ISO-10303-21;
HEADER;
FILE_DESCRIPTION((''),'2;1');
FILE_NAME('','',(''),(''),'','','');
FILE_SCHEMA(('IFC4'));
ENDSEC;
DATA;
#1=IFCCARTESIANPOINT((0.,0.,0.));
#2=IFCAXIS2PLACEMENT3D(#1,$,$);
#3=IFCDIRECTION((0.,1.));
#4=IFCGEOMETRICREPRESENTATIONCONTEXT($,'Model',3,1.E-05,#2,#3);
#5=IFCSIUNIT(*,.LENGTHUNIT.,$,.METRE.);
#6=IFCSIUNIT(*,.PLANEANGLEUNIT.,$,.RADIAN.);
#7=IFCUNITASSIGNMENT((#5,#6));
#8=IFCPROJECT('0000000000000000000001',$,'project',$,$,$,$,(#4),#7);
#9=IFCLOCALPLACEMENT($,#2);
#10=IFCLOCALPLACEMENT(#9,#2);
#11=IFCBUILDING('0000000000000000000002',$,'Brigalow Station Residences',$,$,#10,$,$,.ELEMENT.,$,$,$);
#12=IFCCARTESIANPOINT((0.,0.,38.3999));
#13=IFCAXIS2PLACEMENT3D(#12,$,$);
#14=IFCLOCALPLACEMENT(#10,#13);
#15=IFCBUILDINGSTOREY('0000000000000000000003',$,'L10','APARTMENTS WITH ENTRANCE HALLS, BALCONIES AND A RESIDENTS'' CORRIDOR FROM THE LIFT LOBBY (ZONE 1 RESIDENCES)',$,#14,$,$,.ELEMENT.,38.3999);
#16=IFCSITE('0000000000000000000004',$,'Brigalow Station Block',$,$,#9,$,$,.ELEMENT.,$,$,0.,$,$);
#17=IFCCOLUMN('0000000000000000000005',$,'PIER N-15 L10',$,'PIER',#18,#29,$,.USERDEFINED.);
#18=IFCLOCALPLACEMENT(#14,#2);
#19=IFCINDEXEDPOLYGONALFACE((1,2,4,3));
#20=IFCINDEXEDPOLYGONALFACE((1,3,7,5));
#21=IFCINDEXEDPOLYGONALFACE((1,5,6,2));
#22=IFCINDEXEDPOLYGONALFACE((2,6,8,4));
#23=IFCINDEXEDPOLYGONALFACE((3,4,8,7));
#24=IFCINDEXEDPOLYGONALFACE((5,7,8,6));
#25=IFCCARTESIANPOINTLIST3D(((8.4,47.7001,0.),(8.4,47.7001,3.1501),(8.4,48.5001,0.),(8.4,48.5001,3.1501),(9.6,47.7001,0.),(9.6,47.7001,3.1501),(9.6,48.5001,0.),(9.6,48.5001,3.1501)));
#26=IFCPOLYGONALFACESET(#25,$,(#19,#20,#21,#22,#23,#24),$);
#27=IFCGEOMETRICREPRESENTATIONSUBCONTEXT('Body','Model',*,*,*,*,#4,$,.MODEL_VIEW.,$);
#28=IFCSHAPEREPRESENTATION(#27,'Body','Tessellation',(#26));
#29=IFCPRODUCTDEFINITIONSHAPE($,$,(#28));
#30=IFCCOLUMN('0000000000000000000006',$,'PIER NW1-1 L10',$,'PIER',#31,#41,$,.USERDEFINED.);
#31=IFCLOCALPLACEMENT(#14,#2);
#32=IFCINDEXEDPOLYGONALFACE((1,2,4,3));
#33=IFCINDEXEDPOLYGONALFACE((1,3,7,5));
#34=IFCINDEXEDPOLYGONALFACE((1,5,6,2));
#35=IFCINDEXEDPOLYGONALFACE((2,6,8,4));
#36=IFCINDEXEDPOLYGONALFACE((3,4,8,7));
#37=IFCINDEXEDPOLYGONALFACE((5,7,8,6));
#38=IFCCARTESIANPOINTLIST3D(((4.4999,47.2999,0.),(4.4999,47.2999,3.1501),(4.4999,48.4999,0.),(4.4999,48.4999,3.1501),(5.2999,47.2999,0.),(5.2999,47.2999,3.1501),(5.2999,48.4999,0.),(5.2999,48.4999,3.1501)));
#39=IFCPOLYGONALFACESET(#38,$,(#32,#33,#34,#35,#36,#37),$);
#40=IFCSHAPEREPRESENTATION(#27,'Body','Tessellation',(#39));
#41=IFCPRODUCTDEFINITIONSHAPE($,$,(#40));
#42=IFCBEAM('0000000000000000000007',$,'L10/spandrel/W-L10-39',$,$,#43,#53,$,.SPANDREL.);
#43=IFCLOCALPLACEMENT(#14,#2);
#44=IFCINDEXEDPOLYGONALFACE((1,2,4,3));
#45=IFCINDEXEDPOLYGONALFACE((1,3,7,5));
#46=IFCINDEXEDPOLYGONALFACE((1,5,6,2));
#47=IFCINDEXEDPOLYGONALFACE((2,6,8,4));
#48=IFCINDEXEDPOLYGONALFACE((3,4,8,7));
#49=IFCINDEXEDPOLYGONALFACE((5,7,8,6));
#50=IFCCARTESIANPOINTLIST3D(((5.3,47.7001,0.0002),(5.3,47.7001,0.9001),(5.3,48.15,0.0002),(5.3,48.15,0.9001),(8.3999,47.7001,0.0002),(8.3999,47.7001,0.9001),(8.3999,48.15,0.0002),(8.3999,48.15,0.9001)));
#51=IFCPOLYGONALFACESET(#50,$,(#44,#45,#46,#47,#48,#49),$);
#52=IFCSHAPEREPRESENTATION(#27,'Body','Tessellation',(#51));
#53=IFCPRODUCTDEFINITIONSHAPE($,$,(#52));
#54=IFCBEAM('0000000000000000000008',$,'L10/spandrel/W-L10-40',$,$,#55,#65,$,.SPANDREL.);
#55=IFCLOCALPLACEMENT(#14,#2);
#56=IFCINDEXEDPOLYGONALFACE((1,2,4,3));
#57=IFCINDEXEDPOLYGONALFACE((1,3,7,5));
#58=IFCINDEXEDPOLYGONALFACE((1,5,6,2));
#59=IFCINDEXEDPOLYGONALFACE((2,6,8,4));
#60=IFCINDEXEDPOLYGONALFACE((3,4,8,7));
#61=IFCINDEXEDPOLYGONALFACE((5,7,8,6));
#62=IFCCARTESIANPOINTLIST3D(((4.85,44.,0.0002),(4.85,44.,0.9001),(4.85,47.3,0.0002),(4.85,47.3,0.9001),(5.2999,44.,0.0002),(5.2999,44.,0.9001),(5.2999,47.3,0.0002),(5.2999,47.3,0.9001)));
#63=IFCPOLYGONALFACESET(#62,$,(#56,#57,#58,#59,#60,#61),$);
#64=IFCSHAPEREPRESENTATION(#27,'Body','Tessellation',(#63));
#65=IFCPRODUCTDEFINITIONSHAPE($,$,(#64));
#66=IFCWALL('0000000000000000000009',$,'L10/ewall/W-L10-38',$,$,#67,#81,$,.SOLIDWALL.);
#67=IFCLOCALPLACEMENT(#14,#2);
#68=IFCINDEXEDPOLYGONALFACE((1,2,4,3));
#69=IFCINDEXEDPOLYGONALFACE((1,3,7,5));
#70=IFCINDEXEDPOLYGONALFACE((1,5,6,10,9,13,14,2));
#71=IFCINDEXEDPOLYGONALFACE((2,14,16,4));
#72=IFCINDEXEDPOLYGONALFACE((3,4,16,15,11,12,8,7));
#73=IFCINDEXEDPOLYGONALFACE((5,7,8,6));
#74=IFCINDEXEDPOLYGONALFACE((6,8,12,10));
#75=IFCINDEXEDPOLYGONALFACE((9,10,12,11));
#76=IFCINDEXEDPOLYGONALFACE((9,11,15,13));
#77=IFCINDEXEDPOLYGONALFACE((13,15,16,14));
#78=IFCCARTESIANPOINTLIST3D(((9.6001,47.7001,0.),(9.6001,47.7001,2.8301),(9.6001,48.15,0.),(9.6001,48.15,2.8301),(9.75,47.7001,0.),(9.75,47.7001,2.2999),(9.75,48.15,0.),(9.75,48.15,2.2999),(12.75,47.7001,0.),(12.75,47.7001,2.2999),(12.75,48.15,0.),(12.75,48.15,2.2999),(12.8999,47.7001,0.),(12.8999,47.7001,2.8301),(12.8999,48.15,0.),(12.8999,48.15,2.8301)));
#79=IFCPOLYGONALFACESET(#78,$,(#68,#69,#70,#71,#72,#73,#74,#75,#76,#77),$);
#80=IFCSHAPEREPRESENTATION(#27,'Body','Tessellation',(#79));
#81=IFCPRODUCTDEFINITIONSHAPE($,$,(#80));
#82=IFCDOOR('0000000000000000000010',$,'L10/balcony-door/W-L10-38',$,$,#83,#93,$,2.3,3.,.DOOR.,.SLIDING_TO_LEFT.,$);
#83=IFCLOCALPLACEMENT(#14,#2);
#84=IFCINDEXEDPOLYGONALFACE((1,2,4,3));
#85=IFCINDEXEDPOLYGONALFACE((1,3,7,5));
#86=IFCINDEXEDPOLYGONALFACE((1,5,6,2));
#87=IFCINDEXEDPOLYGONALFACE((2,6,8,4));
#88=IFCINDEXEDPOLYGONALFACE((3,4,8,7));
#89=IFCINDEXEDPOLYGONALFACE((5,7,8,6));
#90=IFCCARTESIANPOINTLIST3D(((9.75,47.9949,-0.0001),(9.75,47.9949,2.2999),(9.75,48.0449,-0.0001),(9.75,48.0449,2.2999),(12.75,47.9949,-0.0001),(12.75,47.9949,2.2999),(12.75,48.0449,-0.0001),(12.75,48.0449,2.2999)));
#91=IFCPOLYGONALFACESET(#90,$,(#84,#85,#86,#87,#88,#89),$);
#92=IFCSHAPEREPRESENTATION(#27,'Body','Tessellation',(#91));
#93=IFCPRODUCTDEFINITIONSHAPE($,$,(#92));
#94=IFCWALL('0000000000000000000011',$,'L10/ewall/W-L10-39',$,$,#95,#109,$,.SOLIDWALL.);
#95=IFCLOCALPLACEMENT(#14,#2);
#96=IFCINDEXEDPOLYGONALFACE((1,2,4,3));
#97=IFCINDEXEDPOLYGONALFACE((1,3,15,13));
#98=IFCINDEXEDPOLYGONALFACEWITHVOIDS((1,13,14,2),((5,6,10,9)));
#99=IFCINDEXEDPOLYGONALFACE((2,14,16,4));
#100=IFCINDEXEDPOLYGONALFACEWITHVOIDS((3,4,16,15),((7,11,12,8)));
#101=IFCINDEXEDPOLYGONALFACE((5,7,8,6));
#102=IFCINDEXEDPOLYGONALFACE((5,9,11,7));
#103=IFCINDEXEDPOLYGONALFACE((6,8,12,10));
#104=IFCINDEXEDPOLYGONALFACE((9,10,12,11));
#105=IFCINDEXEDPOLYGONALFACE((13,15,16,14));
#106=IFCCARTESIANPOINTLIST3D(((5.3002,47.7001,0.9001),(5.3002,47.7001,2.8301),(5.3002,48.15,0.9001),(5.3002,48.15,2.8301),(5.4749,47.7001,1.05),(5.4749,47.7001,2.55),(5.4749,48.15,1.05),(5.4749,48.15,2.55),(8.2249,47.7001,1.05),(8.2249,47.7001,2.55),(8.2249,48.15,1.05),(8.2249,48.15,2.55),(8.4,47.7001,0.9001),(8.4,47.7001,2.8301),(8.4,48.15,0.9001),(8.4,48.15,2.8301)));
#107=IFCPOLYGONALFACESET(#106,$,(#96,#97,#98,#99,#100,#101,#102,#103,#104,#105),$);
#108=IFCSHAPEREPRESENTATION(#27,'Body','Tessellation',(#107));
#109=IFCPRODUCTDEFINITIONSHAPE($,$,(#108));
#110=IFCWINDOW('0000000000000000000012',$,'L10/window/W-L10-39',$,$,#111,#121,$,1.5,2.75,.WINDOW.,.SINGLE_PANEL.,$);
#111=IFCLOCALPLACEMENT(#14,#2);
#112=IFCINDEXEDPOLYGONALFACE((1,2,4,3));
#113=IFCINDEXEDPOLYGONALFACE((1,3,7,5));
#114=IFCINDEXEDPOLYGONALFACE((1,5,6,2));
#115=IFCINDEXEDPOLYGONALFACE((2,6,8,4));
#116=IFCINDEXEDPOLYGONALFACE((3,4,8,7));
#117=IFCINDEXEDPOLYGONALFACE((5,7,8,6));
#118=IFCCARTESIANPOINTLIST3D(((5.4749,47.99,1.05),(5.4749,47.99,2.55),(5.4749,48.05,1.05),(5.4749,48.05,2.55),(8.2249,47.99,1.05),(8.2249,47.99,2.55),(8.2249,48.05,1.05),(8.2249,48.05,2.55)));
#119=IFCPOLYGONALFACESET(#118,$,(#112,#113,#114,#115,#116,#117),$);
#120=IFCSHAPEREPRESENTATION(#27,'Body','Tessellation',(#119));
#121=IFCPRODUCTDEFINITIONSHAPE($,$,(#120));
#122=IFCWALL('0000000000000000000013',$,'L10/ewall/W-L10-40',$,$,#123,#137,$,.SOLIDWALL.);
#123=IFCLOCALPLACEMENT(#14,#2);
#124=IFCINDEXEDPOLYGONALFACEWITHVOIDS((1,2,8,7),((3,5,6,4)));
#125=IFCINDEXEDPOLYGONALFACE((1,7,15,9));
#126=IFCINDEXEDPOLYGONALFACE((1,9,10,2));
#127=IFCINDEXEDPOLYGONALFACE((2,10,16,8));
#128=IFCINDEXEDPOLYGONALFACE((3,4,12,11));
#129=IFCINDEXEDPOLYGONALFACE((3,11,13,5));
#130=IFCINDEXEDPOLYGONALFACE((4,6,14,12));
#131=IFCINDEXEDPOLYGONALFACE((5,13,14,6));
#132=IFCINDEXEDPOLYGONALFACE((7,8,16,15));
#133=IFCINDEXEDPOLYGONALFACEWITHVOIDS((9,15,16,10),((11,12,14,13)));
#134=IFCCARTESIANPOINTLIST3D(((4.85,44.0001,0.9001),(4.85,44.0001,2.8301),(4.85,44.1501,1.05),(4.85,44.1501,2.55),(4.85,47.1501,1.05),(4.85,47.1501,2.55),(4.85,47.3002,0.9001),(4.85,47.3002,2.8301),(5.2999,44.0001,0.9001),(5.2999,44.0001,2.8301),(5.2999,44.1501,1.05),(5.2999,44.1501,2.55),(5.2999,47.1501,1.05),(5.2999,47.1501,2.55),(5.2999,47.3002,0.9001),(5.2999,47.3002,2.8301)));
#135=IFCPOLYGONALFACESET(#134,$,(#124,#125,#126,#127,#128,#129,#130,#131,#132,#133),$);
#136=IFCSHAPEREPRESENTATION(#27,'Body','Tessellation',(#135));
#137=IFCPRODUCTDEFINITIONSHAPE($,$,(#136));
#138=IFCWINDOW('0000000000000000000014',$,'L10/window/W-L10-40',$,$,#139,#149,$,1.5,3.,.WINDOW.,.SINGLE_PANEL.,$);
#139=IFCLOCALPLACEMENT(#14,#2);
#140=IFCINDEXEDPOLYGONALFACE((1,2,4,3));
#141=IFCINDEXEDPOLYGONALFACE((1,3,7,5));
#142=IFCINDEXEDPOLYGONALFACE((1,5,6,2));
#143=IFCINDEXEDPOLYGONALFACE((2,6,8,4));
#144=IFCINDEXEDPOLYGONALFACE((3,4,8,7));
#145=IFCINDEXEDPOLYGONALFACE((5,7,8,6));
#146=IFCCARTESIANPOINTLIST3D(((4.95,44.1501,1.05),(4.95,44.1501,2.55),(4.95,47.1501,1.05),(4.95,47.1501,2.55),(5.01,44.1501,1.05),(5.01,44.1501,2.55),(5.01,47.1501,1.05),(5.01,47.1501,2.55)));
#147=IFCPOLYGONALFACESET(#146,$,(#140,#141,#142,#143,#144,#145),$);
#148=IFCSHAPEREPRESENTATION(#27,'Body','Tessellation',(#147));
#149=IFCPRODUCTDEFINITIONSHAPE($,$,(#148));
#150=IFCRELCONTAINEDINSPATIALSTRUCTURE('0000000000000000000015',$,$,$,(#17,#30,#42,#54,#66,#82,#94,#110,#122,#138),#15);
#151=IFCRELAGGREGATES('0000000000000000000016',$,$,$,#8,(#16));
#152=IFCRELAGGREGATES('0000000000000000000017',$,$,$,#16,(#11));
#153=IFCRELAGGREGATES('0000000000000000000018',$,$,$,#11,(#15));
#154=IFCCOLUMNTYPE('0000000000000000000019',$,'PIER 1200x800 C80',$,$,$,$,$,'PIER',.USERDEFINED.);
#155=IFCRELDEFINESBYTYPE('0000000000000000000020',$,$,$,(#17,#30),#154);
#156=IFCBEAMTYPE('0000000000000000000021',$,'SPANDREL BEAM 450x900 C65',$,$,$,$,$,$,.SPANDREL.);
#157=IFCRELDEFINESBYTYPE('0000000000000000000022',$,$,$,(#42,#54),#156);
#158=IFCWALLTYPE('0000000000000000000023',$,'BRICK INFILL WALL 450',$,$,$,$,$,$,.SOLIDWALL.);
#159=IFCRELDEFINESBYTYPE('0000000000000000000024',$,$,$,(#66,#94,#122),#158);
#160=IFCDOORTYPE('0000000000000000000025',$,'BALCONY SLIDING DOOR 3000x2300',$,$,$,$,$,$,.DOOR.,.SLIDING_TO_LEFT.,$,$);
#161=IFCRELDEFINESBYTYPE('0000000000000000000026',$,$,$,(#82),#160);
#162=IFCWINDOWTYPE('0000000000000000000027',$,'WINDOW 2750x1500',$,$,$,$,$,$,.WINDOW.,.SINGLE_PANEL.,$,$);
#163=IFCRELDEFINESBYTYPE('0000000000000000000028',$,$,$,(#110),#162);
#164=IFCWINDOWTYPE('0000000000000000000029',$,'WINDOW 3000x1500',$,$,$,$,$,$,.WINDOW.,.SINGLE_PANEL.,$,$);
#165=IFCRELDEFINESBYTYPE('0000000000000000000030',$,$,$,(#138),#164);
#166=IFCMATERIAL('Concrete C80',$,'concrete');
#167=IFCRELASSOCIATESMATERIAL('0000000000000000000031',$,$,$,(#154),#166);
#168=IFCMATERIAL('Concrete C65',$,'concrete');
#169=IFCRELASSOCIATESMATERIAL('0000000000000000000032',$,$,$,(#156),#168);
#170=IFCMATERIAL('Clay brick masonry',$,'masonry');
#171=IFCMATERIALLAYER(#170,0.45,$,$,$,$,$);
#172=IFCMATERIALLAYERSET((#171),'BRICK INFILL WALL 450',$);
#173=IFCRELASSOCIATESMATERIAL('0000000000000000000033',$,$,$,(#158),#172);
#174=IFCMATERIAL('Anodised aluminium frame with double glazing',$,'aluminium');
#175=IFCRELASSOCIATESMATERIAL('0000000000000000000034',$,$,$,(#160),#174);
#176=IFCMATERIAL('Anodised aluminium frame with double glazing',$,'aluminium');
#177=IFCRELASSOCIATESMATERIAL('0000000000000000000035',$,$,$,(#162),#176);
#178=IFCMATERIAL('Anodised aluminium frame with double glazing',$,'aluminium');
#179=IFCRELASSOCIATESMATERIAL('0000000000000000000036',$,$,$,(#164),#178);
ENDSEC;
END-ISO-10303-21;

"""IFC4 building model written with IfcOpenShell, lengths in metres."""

from ifc_helpers import new_model, si_unit, direction, frame, frame_2d, origin, origin_2d, place, context, subcontext, project, spatial, rectangle, extrude, material, layer, layer_set, material_profile, profile_set, type_object, element, fill, save


model = new_model("IFC4")

# Units and contexts
model_context = context("Model", 3, precision=1e-05, world=origin(), true_north=direction((0.0, 1.0)))
body_context = subcontext(model_context, "Body", "Model", "MODEL_VIEW")
ifc_project = project(units=[si_unit("LENGTHUNIT", "METRE"), si_unit("PLANEANGLEUNIT", "RADIAN")], contexts=[model_context])

# Site, building, storey
site_placement = place(None, origin())
site = spatial("IfcSite", under=ifc_project, at=site_placement, Name="Brigalow Station Block", CompositionType="ELEMENT", RefElevation=0.0)
building_placement = place(site_placement, origin())
building = spatial("IfcBuilding", under=site, at=building_placement, Name="Brigalow Station Residences", CompositionType="ELEMENT")
storey_placement = place(building_placement, frame((0.0, 0.0, 38.3999)))
storey = spatial("IfcBuildingStorey", under=building, at=storey_placement, Name="L10", Description="APARTMENTS WITH ENTRANCE HALLS, BALCONIES AND A RESIDENTS' CORRIDOR FROM THE LIFT LOBBY (ZONE 1 RESIDENCES)", CompositionType="ELEMENT", Elevation=38.3999)

# Columns
ifc_material_1 = material(Name="Concrete C80", Category="concrete")
ifc_material_profile_1 = material_profile(ifc_material_1, rectangle(XDim=1.2, YDim=0.8, at=origin_2d()), Name="RC1200x800")
ifc_profile_set_1 = profile_set([ifc_material_profile_1], Name="Concrete C80")
column_type = type_object("IfcColumnType", Name="PIER 1200x800 C80", ElementType="PIER", PredefinedType="USERDEFINED", material=ifc_profile_set_1)
for number, where, z_axis, x_axis, name in (
    (1, (9.0, 48.1001, 0.0), (0.0, 0.0, 1.0), (-1.0, 0.0, 0.0), "PIER N-15 L10"),
    (2, (4.8999, 47.8999, 0.0), (0.0, 0.0, 1.0), (0.0, -1.0, 0.0), "PIER NW1-1 L10"),
):
    element("IfcColumn", number, at=place(storey_placement, frame(where, z_axis=z_axis, x_axis=x_axis)), inside=storey, type_object=column_type, Name=name, ObjectType="PIER", PredefinedType="USERDEFINED", context=body_context, shape_type="SweptSolid", body=[
        extrude(rectangle(XDim=1.2, YDim=0.8, at=origin_2d()), origin(), (0.0, 0.0, 1.0), 3.1501),
    ])

# Beams
ifc_material_2 = material(Name="Concrete C65", Category="concrete")
ifc_material_profile_2 = material_profile(ifc_material_2, rectangle(XDim=0.45, YDim=0.8999, at=origin_2d()), Name="RC450x900")
ifc_profile_set_2 = profile_set([ifc_material_profile_2], Name="Concrete C65")
beam_type = type_object("IfcBeamType", Name="SPANDREL BEAM 450x900 C65", PredefinedType="SPANDREL", material=ifc_profile_set_2)
beam_1_placement = place(storey_placement, frame((8.3999, 47.925, 0.4502), z_axis=(-1.0, 0.0, 0.0), x_axis=(0.0, -1.0, 0.0)))
element("IfcBeam", 3, at=beam_1_placement, inside=storey, type_object=beam_type, Name="L10/spandrel/W-L10-39", PredefinedType="SPANDREL", context=body_context, shape_type="SweptSolid", body=[
    extrude(rectangle(XDim=0.45, YDim=0.8999, at=origin_2d()), origin(), (0.0, 0.0, 1.0), 3.0999),
])
beam_2_placement = place(storey_placement, frame((5.075, 47.3, 0.4502), z_axis=(0.0, -1.0, 0.0), x_axis=(1.0, 0.0, 0.0)))
element("IfcBeam", 4, at=beam_2_placement, inside=storey, type_object=beam_type, Name="L10/spandrel/W-L10-40", PredefinedType="SPANDREL", context=body_context, shape_type="SweptSolid", body=[
    extrude(rectangle(XDim=0.45, YDim=0.8999, at=origin_2d()), origin(), (0.0, 0.0, 1.0), 3.3),
])

# Wall, opening, door
ifc_material_3 = material(Name="Clay brick masonry", Category="masonry")
ifc_layer_1 = layer(ifc_material_3, 0.45)
ifc_layer_set_1 = layer_set([ifc_layer_1], Name="BRICK INFILL WALL 450")
wall_type_1 = type_object("IfcWallType", Name="BRICK INFILL WALL 450", PredefinedType="SOLIDWALL", material=ifc_layer_set_1)
wall_1_placement = place(storey_placement, frame((12.8999, 47.925, 0.0), z_axis=(0.0, 0.0, 1.0), x_axis=(-1.0, 0.0, 0.0)))
wall_1 = element("IfcWall", 5, at=wall_1_placement, inside=storey, type_object=wall_type_1, Name="L10/ewall/W-L10-38", PredefinedType="SOLIDWALL", context=body_context, shape_type="SweptSolid", body=[
    extrude(rectangle(XDim=3.2998, YDim=0.45, at=frame_2d((1.6499, 0.0))), origin(), (0.0, 0.0, 1.0), 2.8301),
])
opening_1_placement = place(wall_1_placement, frame((0.1499, 0.0, 0.0)))
opening_1 = element("IfcOpeningElement", 6, at=opening_1_placement, cuts=wall_1, PredefinedType="OPENING", context=body_context, shape_type="SweptSolid", body=[
    extrude(rectangle(XDim=3.0, YDim=2.3, at=frame_2d((1.5, 1.1499))), frame((0.0, 0.2349, 0.0), z_axis=(0.0, -1.0, 0.0), x_axis=(1.0, 0.0, 0.0)), (0.0, 0.0, 1.0), 0.47),
])
ifc_material_4 = material(Name="Anodised aluminium frame with double glazing", Category="aluminium")
door_type_1 = type_object("IfcDoorType", Name="BALCONY SLIDING DOOR 3000x2300", OperationType="SLIDING_TO_LEFT", PredefinedType="DOOR", material=ifc_material_4)
door_1_placement = place(opening_1_placement, origin())
door_1 = element("IfcDoor", 7, at=door_1_placement, inside=storey, type_object=door_type_1, Name="L10/balcony-door/W-L10-38", OperationType="SLIDING_TO_LEFT", OverallHeight=2.3, OverallWidth=3.0, PredefinedType="DOOR", context=body_context, shape_type="SweptSolid", body=[
    extrude(rectangle(XDim=3.0, YDim=2.3, at=frame_2d((1.5, 1.1499))), frame((0.0, -0.0698, 0.0), z_axis=(0.0, -1.0, 0.0), x_axis=(1.0, 0.0, 0.0)), (0.0, 0.0, 1.0), 0.05),
])
fill(opening_1, door_1)

# Walls, openings, windows
wall_2_placement = place(storey_placement, frame((8.3999, 47.925, 0.9001), z_axis=(0.0, 0.0, 1.0), x_axis=(-1.0, 0.0, 0.0)))
wall_2 = element("IfcWall", 8, at=wall_2_placement, inside=storey, type_object=wall_type_1, Name="L10/ewall/W-L10-39", PredefinedType="SOLIDWALL", context=body_context, shape_type="SweptSolid", body=[
    extrude(rectangle(XDim=3.0999, YDim=0.45, at=frame_2d((1.5498, 0.0))), origin(), (0.0, 0.0, 1.0), 1.9299),
])
opening_2_placement = place(wall_2_placement, frame((0.175, 0.0, 0.1499)))
opening_2 = element("IfcOpeningElement", 9, at=opening_2_placement, cuts=wall_2, PredefinedType="OPENING", context=body_context, shape_type="SweptSolid", body=[
    extrude(rectangle(XDim=2.75, YDim=1.5, at=frame_2d((1.375, 0.75))), frame((0.0, 0.2349, 0.0), z_axis=(0.0, -1.0, 0.0), x_axis=(1.0, 0.0, 0.0)), (0.0, 0.0, 1.0), 0.47),
])
ifc_material_5 = material(Name="Anodised aluminium frame with double glazing", Category="aluminium")
window_type_1 = type_object("IfcWindowType", Name="WINDOW 2750x1500", PartitioningType="SINGLE_PANEL", PredefinedType="WINDOW", material=ifc_material_5)
window_1_placement = place(opening_2_placement, origin())
window_1 = element("IfcWindow", 10, at=window_1_placement, inside=storey, type_object=window_type_1, Name="L10/window/W-L10-39", OverallHeight=1.5, OverallWidth=2.75, PartitioningType="SINGLE_PANEL", PredefinedType="WINDOW", context=body_context, shape_type="SweptSolid", body=[
    extrude(rectangle(XDim=2.75, YDim=1.5, at=frame_2d((1.375, 0.75))), frame((0.0, -0.0649, 0.0), z_axis=(0.0, -1.0, 0.0), x_axis=(1.0, 0.0, 0.0)), (0.0, 0.0, 1.0), 0.0601),
])
fill(opening_2, window_1)
wall_3_placement = place(storey_placement, frame((5.075, 47.3, 0.9001), z_axis=(0.0, 0.0, 1.0), x_axis=(0.0, -1.0, 0.0)))
wall_3 = element("IfcWall", 11, at=wall_3_placement, inside=storey, type_object=wall_type_1, Name="L10/ewall/W-L10-40", PredefinedType="SOLIDWALL", context=body_context, shape_type="SweptSolid", body=[
    extrude(rectangle(XDim=3.3, YDim=0.45, at=frame_2d((1.6499, 0.0))), origin(), (0.0, 0.0, 1.0), 1.9299),
])
opening_3_placement = place(wall_3_placement, frame((0.1499, 0.0, 0.1499)))
opening_3 = element("IfcOpeningElement", 12, at=opening_3_placement, cuts=wall_3, PredefinedType="OPENING", context=body_context, shape_type="SweptSolid", body=[
    extrude(rectangle(XDim=3.0, YDim=1.5, at=frame_2d((1.5, 0.75))), frame((0.0, 0.2349, 0.0), z_axis=(0.0, -1.0, 0.0), x_axis=(1.0, 0.0, 0.0)), (0.0, 0.0, 1.0), 0.47),
])
ifc_material_6 = material(Name="Anodised aluminium frame with double glazing", Category="aluminium")
window_type_2 = type_object("IfcWindowType", Name="WINDOW 3000x1500", PartitioningType="SINGLE_PANEL", PredefinedType="WINDOW", material=ifc_material_6)
window_2_placement = place(opening_3_placement, origin())
window_2 = element("IfcWindow", 13, at=window_2_placement, inside=storey, type_object=window_type_2, Name="L10/window/W-L10-40", OverallHeight=1.5, OverallWidth=3.0, PartitioningType="SINGLE_PANEL", PredefinedType="WINDOW", context=body_context, shape_type="SweptSolid", body=[
    extrude(rectangle(XDim=3.0, YDim=1.5, at=frame_2d((1.5, 0.75))), frame((0.0, -0.0649, 0.0), z_axis=(0.0, -1.0, 0.0), x_axis=(1.0, 0.0, 0.0)), (0.0, 0.0, 1.0), 0.0601),
])
fill(opening_3, window_2)

save(model, "model.ifc")
